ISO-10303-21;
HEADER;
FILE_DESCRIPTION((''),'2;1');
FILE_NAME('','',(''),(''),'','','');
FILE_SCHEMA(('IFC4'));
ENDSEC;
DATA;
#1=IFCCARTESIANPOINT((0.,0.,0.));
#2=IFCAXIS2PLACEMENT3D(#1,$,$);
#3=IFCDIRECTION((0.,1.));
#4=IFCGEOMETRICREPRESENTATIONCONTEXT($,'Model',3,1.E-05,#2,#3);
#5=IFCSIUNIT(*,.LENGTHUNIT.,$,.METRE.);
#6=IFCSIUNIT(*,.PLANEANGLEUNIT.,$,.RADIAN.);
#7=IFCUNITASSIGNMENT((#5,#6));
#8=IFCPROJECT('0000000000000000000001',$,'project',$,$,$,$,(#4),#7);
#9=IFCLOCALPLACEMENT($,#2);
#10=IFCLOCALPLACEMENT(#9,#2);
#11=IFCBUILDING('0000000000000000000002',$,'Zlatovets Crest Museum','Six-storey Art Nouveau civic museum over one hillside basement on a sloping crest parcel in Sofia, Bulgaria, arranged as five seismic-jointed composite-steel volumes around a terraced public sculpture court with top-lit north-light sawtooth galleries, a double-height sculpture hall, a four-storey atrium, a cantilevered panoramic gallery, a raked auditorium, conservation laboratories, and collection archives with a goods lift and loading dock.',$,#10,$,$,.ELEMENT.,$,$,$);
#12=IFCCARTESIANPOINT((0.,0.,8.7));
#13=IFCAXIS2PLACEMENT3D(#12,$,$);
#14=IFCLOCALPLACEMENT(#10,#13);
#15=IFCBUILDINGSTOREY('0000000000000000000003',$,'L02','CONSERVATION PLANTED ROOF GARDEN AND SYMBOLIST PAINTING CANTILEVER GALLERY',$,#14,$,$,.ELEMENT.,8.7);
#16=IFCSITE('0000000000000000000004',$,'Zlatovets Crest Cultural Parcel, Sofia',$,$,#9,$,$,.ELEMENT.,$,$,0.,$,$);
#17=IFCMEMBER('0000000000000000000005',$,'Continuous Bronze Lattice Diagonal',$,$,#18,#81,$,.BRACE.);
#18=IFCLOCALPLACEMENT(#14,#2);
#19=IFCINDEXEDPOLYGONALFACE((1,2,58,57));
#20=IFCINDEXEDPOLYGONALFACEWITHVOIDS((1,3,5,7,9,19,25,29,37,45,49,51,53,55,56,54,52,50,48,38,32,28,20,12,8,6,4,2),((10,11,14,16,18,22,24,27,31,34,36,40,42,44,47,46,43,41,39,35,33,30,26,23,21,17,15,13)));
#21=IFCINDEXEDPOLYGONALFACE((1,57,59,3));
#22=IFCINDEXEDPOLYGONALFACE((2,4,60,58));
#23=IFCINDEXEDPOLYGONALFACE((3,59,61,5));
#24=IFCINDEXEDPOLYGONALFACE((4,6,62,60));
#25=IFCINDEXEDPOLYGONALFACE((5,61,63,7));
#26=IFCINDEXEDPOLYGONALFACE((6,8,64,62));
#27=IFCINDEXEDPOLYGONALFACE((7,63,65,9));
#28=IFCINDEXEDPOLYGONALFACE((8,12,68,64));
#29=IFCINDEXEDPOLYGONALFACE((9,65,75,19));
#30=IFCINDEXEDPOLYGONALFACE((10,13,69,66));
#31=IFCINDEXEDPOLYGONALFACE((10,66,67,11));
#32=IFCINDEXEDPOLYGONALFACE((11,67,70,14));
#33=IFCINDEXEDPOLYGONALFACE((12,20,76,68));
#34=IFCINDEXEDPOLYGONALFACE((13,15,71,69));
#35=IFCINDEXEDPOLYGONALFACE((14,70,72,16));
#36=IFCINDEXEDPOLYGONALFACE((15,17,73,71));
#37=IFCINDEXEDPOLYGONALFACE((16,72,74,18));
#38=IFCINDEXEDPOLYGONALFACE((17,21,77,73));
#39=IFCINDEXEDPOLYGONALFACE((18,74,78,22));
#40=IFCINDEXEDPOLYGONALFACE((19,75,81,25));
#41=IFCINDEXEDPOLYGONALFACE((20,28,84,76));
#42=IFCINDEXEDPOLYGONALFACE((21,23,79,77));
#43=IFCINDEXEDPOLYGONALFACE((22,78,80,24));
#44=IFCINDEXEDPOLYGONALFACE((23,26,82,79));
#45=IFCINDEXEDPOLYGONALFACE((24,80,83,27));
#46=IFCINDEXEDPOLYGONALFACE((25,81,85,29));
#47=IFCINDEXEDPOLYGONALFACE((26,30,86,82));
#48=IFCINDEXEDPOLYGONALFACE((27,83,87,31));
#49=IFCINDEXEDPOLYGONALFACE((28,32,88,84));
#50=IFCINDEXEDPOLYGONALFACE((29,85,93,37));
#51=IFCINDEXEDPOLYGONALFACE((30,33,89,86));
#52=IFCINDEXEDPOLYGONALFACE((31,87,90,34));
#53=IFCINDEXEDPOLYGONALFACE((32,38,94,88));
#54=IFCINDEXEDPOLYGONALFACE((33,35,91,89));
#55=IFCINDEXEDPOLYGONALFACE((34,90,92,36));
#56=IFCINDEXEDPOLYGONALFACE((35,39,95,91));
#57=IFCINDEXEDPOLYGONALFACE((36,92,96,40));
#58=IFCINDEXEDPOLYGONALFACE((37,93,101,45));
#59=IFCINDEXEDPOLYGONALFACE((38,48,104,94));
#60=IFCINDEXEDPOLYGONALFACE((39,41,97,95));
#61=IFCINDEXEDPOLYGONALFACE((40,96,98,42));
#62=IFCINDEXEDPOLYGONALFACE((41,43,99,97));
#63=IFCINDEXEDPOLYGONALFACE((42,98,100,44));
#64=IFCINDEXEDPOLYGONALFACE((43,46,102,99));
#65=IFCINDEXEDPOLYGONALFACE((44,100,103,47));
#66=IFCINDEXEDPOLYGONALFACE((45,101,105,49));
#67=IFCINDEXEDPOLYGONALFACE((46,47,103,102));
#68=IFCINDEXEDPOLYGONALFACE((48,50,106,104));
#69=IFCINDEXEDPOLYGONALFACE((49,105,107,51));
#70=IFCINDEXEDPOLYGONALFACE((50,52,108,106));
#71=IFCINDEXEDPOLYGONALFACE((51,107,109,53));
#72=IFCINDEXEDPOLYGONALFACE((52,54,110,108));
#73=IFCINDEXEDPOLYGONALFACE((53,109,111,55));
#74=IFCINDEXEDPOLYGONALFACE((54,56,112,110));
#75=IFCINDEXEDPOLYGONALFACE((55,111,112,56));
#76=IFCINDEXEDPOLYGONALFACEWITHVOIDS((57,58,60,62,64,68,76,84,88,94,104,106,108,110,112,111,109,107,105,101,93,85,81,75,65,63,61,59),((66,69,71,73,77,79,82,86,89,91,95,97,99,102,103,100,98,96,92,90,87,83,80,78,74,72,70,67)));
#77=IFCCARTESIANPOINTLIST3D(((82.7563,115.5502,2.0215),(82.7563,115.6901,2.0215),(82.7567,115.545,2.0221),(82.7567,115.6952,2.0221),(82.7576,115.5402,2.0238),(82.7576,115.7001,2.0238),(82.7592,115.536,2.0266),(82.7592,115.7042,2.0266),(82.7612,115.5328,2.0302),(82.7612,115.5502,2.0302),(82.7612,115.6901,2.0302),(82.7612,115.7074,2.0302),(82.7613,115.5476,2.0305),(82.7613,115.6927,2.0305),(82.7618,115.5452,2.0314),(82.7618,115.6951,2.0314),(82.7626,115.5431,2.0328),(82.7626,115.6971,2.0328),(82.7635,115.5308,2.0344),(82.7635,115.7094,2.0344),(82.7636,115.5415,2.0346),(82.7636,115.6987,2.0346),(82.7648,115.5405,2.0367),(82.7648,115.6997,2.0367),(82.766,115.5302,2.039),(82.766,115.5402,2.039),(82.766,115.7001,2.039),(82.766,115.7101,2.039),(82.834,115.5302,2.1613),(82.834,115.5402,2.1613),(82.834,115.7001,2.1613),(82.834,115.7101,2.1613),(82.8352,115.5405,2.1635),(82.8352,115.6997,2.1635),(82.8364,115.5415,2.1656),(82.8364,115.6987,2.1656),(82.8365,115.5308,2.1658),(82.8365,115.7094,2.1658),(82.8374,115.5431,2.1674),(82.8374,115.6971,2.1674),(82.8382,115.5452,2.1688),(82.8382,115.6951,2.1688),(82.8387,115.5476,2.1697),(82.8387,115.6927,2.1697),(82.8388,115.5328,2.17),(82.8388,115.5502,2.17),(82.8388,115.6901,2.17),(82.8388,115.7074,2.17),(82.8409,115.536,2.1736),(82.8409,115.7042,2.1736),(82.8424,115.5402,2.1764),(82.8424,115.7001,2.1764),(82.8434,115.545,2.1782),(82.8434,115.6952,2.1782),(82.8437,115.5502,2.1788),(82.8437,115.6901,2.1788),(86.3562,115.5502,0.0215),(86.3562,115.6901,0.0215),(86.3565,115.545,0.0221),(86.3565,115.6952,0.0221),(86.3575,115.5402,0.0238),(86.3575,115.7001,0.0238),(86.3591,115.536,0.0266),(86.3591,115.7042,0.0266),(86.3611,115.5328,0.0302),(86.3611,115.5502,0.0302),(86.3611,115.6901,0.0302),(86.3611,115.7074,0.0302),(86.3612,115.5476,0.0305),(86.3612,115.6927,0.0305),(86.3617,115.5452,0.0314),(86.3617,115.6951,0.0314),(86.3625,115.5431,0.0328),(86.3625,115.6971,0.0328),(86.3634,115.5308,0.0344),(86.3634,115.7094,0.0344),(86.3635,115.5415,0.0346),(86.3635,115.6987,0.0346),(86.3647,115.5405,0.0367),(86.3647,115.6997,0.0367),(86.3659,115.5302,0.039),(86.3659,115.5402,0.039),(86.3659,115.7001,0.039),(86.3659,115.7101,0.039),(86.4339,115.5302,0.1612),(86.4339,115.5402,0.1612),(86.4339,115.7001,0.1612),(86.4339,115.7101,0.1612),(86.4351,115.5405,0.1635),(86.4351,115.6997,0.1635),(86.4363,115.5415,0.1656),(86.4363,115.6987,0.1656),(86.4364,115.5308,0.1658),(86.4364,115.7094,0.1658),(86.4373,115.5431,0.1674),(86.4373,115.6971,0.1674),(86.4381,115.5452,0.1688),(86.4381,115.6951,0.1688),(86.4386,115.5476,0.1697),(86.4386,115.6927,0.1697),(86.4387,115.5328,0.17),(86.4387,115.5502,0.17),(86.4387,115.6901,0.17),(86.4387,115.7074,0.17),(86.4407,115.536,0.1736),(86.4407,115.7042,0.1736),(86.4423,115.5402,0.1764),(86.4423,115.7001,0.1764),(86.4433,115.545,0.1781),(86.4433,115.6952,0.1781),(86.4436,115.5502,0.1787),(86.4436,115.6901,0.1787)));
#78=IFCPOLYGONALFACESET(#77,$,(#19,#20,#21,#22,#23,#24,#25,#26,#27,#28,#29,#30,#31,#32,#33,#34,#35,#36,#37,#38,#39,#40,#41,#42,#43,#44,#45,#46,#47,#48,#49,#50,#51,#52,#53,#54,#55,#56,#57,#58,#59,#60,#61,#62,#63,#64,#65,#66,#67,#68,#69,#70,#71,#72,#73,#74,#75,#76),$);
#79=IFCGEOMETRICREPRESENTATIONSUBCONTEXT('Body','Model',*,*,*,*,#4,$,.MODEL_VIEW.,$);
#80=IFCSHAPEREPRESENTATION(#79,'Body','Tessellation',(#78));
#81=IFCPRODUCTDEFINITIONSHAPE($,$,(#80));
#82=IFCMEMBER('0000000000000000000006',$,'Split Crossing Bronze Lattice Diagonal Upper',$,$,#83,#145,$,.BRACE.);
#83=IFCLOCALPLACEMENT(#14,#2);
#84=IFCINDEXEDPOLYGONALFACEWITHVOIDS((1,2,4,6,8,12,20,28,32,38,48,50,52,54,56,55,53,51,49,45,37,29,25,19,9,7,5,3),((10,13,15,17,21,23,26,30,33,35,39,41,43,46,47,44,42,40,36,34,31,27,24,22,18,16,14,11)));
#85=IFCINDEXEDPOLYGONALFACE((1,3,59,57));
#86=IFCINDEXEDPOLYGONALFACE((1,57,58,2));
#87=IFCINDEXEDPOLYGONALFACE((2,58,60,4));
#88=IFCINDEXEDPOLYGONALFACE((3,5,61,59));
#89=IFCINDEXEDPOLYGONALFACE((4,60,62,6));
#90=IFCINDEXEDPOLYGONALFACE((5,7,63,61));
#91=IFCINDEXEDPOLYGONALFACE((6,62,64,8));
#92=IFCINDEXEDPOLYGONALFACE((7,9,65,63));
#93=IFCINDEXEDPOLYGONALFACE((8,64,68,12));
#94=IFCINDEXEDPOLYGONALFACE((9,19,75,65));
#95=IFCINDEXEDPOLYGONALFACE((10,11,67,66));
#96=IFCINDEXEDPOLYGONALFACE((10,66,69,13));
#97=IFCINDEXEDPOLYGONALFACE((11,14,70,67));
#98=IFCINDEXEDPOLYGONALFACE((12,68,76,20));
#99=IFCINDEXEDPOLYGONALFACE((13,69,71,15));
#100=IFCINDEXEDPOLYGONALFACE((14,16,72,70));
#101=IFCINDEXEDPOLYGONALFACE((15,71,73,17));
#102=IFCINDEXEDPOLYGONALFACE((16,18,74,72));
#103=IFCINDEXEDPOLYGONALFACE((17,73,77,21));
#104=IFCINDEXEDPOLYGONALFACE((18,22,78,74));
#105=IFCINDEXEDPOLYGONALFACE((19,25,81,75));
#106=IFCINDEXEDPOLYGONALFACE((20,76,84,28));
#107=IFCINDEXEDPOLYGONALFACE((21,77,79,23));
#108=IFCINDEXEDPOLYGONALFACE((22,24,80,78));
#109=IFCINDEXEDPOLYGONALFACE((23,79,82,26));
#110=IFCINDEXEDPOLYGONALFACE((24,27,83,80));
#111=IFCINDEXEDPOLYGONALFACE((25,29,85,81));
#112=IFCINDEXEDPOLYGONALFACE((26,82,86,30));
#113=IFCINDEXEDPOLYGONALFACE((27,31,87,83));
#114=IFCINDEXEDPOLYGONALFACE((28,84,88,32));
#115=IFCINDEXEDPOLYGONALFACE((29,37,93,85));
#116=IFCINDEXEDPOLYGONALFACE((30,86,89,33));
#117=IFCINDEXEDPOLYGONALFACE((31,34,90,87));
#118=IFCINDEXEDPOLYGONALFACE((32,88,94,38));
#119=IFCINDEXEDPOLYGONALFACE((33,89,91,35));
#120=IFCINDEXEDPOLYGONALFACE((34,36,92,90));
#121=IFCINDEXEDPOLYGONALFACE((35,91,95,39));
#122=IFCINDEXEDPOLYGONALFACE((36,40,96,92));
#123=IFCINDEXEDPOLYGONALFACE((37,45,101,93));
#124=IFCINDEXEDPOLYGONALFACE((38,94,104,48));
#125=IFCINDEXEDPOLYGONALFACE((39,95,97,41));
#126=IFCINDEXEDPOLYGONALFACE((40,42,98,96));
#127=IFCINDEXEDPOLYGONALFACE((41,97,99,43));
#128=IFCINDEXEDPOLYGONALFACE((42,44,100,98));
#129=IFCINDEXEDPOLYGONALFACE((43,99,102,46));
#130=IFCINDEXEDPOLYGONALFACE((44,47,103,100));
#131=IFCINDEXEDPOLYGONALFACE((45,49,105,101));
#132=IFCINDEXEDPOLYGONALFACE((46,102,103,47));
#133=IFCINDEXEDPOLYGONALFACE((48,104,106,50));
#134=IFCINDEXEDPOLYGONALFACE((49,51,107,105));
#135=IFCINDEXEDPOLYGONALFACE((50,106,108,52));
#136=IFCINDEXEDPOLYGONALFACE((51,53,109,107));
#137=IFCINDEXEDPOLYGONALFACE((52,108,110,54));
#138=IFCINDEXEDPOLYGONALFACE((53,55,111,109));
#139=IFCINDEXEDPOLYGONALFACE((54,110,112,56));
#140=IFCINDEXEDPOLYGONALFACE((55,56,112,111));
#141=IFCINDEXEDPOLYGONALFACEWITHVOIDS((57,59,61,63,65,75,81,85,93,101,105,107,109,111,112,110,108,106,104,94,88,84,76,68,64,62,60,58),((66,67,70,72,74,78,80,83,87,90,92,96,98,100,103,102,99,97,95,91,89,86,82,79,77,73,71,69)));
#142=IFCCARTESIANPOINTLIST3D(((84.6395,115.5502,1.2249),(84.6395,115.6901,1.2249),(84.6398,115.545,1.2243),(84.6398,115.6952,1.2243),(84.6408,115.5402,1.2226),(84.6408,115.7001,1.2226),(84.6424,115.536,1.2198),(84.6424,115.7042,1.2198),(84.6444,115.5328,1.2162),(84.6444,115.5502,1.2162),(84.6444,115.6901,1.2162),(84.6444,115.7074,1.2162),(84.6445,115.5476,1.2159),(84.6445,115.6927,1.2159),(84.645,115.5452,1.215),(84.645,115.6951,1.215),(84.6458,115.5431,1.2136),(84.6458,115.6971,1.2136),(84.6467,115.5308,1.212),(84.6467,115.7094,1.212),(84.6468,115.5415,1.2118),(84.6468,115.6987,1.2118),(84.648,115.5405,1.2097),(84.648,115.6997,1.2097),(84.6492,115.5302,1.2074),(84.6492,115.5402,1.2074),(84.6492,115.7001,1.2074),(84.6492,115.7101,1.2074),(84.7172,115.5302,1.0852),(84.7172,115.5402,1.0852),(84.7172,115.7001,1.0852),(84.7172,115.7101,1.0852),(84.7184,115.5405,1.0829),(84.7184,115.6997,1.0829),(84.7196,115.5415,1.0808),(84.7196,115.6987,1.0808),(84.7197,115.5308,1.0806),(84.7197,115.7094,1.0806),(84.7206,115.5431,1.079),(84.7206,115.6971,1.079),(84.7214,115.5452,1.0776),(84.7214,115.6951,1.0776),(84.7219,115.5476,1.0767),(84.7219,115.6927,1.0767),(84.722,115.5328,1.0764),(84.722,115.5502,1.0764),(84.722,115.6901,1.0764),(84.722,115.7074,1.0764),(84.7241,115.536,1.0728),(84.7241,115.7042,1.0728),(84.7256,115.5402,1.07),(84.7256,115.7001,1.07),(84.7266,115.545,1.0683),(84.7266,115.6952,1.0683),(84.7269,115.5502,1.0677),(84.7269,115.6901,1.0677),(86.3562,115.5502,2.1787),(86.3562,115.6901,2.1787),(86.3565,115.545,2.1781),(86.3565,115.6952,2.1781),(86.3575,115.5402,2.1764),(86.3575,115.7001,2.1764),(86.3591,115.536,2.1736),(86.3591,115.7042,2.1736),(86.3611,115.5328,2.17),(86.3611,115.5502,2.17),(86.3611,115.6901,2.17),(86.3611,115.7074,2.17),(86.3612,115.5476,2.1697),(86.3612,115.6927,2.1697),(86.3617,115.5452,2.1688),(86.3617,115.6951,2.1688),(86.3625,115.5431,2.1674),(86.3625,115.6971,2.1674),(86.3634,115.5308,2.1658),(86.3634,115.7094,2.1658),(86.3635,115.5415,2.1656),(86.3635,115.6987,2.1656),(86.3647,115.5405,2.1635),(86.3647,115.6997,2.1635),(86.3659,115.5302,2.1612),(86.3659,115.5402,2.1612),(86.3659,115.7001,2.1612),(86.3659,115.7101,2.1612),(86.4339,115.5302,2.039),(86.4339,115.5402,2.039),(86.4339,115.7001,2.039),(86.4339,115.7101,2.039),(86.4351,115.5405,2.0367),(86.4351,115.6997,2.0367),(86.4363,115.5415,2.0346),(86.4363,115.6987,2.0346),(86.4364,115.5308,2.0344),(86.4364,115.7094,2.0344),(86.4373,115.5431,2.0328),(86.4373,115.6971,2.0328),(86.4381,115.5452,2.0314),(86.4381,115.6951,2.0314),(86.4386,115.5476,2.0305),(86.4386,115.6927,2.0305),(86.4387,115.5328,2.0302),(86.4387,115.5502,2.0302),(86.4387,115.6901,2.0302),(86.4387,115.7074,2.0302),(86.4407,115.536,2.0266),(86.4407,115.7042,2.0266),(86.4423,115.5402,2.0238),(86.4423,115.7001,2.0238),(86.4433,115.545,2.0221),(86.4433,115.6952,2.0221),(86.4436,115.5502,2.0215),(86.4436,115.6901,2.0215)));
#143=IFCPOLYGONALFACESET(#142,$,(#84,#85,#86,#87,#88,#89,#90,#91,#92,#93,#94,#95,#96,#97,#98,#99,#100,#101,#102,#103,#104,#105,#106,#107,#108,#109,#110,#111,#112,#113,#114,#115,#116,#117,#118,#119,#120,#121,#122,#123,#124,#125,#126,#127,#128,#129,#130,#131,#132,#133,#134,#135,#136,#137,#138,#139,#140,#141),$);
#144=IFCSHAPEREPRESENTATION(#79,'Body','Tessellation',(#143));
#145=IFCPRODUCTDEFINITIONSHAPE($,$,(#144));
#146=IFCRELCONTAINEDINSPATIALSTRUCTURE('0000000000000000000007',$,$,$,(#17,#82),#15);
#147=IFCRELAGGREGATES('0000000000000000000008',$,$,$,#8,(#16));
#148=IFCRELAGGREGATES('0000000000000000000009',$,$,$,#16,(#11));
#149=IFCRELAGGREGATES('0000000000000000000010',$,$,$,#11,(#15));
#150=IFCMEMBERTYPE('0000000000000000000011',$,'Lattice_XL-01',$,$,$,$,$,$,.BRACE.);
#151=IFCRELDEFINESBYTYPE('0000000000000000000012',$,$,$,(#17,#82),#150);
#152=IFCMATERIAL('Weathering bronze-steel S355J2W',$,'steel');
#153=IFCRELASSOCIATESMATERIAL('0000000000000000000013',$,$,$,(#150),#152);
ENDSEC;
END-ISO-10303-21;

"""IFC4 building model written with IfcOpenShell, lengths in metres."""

from ifc_helpers import new_model, si_unit, direction, frame, origin, origin_2d, place, context, subcontext, project, spatial, hollow_rectangle, extrude, material, material_profile, profile_set, type_object, element, save


model = new_model("IFC4")

# Units and contexts
model_context = context("Model", 3, precision=1e-05, world=origin(), true_north=direction((0.0, 1.0)))
body_context = subcontext(model_context, "Body", "Model", "MODEL_VIEW")
ifc_project = project(units=[si_unit("LENGTHUNIT", "METRE"), si_unit("PLANEANGLEUNIT", "RADIAN")], contexts=[model_context])

# Site, building, storey
site_placement = place(None, origin())
site = spatial("IfcSite", under=ifc_project, at=site_placement, Name="Zlatovets Crest Cultural Parcel, Sofia", CompositionType="ELEMENT", RefElevation=0.0)
building_placement = place(site_placement, origin())
building = spatial("IfcBuilding", under=site, at=building_placement, Name="Zlatovets Crest Museum", Description="Six-storey Art Nouveau civic museum over one hillside basement on a sloping crest parcel in Sofia, Bulgaria, arranged as five seismic-jointed composite-steel volumes around a terraced public sculpture court with top-lit north-light sawtooth galleries, a double-height sculpture hall, a four-storey atrium, a cantilevered panoramic gallery, a raked auditorium, conservation laboratories, and collection archives with a goods lift and loading dock.", CompositionType="ELEMENT")
storey_placement = place(building_placement, frame((0.0, 0.0, 8.7)))
storey = spatial("IfcBuildingStorey", under=building, at=storey_placement, Name="L02", Description="CONSERVATION PLANTED ROOF GARDEN AND SYMBOLIST PAINTING CANTILEVER GALLERY", CompositionType="ELEMENT", Elevation=8.7)

# Members
ifc_material_1 = material(Name="Weathering bronze-steel S355J2W", Category="steel")
ifc_material_profile_1 = material_profile(ifc_material_1, hollow_rectangle(XDim=0.1799, YDim=0.1799, WallThickness=0.01, InnerFilletRadius=0.01, OuterFilletRadius=0.02, at=origin_2d()), Name="SHS 180x180x10.0")
ifc_profile_set_1 = profile_set([ifc_material_profile_1], Name="Weathering bronze-steel S355J2W")
member_type_1 = type_object("IfcMemberType", Name="Lattice_XL-01", PredefinedType="BRACE", material=ifc_profile_set_1)
member_1_placement = place(storey_placement, frame((86.3999, 115.6201, 0.1001), z_axis=(-0.874149, 0.0, 0.485658), x_axis=(0.0, -1.0, 0.0)))
element("IfcMember", 1, at=member_1_placement, inside=storey, type_object=member_type_1, Name="Continuous Bronze Lattice Diagonal", PredefinedType="BRACE", context=body_context, shape_type="SweptSolid", body=[
    extrude(hollow_rectangle(XDim=0.1799, YDim=0.1799, WallThickness=0.01, InnerFilletRadius=0.01, OuterFilletRadius=0.02, at=origin_2d()), origin(), (0.0, 0.0, 1.0), 4.1182),
])
member_2_placement = place(storey_placement, frame((86.3999, 115.6201, 2.1001), z_axis=(-0.87414, 0.0, -0.485675), x_axis=(0.0, -1.0, 0.0)))
element("IfcMember", 2, at=member_2_placement, inside=storey, type_object=member_type_1, Name="Split Crossing Bronze Lattice Diagonal Upper", PredefinedType="BRACE", context=body_context, shape_type="SweptSolid", body=[
    extrude(hollow_rectangle(XDim=0.1799, YDim=0.1799, WallThickness=0.01, InnerFilletRadius=0.01, OuterFilletRadius=0.02, at=origin_2d()), origin(), (0.0, 0.0, 1.0), 1.9639),
])

save(model, "model.ifc")
